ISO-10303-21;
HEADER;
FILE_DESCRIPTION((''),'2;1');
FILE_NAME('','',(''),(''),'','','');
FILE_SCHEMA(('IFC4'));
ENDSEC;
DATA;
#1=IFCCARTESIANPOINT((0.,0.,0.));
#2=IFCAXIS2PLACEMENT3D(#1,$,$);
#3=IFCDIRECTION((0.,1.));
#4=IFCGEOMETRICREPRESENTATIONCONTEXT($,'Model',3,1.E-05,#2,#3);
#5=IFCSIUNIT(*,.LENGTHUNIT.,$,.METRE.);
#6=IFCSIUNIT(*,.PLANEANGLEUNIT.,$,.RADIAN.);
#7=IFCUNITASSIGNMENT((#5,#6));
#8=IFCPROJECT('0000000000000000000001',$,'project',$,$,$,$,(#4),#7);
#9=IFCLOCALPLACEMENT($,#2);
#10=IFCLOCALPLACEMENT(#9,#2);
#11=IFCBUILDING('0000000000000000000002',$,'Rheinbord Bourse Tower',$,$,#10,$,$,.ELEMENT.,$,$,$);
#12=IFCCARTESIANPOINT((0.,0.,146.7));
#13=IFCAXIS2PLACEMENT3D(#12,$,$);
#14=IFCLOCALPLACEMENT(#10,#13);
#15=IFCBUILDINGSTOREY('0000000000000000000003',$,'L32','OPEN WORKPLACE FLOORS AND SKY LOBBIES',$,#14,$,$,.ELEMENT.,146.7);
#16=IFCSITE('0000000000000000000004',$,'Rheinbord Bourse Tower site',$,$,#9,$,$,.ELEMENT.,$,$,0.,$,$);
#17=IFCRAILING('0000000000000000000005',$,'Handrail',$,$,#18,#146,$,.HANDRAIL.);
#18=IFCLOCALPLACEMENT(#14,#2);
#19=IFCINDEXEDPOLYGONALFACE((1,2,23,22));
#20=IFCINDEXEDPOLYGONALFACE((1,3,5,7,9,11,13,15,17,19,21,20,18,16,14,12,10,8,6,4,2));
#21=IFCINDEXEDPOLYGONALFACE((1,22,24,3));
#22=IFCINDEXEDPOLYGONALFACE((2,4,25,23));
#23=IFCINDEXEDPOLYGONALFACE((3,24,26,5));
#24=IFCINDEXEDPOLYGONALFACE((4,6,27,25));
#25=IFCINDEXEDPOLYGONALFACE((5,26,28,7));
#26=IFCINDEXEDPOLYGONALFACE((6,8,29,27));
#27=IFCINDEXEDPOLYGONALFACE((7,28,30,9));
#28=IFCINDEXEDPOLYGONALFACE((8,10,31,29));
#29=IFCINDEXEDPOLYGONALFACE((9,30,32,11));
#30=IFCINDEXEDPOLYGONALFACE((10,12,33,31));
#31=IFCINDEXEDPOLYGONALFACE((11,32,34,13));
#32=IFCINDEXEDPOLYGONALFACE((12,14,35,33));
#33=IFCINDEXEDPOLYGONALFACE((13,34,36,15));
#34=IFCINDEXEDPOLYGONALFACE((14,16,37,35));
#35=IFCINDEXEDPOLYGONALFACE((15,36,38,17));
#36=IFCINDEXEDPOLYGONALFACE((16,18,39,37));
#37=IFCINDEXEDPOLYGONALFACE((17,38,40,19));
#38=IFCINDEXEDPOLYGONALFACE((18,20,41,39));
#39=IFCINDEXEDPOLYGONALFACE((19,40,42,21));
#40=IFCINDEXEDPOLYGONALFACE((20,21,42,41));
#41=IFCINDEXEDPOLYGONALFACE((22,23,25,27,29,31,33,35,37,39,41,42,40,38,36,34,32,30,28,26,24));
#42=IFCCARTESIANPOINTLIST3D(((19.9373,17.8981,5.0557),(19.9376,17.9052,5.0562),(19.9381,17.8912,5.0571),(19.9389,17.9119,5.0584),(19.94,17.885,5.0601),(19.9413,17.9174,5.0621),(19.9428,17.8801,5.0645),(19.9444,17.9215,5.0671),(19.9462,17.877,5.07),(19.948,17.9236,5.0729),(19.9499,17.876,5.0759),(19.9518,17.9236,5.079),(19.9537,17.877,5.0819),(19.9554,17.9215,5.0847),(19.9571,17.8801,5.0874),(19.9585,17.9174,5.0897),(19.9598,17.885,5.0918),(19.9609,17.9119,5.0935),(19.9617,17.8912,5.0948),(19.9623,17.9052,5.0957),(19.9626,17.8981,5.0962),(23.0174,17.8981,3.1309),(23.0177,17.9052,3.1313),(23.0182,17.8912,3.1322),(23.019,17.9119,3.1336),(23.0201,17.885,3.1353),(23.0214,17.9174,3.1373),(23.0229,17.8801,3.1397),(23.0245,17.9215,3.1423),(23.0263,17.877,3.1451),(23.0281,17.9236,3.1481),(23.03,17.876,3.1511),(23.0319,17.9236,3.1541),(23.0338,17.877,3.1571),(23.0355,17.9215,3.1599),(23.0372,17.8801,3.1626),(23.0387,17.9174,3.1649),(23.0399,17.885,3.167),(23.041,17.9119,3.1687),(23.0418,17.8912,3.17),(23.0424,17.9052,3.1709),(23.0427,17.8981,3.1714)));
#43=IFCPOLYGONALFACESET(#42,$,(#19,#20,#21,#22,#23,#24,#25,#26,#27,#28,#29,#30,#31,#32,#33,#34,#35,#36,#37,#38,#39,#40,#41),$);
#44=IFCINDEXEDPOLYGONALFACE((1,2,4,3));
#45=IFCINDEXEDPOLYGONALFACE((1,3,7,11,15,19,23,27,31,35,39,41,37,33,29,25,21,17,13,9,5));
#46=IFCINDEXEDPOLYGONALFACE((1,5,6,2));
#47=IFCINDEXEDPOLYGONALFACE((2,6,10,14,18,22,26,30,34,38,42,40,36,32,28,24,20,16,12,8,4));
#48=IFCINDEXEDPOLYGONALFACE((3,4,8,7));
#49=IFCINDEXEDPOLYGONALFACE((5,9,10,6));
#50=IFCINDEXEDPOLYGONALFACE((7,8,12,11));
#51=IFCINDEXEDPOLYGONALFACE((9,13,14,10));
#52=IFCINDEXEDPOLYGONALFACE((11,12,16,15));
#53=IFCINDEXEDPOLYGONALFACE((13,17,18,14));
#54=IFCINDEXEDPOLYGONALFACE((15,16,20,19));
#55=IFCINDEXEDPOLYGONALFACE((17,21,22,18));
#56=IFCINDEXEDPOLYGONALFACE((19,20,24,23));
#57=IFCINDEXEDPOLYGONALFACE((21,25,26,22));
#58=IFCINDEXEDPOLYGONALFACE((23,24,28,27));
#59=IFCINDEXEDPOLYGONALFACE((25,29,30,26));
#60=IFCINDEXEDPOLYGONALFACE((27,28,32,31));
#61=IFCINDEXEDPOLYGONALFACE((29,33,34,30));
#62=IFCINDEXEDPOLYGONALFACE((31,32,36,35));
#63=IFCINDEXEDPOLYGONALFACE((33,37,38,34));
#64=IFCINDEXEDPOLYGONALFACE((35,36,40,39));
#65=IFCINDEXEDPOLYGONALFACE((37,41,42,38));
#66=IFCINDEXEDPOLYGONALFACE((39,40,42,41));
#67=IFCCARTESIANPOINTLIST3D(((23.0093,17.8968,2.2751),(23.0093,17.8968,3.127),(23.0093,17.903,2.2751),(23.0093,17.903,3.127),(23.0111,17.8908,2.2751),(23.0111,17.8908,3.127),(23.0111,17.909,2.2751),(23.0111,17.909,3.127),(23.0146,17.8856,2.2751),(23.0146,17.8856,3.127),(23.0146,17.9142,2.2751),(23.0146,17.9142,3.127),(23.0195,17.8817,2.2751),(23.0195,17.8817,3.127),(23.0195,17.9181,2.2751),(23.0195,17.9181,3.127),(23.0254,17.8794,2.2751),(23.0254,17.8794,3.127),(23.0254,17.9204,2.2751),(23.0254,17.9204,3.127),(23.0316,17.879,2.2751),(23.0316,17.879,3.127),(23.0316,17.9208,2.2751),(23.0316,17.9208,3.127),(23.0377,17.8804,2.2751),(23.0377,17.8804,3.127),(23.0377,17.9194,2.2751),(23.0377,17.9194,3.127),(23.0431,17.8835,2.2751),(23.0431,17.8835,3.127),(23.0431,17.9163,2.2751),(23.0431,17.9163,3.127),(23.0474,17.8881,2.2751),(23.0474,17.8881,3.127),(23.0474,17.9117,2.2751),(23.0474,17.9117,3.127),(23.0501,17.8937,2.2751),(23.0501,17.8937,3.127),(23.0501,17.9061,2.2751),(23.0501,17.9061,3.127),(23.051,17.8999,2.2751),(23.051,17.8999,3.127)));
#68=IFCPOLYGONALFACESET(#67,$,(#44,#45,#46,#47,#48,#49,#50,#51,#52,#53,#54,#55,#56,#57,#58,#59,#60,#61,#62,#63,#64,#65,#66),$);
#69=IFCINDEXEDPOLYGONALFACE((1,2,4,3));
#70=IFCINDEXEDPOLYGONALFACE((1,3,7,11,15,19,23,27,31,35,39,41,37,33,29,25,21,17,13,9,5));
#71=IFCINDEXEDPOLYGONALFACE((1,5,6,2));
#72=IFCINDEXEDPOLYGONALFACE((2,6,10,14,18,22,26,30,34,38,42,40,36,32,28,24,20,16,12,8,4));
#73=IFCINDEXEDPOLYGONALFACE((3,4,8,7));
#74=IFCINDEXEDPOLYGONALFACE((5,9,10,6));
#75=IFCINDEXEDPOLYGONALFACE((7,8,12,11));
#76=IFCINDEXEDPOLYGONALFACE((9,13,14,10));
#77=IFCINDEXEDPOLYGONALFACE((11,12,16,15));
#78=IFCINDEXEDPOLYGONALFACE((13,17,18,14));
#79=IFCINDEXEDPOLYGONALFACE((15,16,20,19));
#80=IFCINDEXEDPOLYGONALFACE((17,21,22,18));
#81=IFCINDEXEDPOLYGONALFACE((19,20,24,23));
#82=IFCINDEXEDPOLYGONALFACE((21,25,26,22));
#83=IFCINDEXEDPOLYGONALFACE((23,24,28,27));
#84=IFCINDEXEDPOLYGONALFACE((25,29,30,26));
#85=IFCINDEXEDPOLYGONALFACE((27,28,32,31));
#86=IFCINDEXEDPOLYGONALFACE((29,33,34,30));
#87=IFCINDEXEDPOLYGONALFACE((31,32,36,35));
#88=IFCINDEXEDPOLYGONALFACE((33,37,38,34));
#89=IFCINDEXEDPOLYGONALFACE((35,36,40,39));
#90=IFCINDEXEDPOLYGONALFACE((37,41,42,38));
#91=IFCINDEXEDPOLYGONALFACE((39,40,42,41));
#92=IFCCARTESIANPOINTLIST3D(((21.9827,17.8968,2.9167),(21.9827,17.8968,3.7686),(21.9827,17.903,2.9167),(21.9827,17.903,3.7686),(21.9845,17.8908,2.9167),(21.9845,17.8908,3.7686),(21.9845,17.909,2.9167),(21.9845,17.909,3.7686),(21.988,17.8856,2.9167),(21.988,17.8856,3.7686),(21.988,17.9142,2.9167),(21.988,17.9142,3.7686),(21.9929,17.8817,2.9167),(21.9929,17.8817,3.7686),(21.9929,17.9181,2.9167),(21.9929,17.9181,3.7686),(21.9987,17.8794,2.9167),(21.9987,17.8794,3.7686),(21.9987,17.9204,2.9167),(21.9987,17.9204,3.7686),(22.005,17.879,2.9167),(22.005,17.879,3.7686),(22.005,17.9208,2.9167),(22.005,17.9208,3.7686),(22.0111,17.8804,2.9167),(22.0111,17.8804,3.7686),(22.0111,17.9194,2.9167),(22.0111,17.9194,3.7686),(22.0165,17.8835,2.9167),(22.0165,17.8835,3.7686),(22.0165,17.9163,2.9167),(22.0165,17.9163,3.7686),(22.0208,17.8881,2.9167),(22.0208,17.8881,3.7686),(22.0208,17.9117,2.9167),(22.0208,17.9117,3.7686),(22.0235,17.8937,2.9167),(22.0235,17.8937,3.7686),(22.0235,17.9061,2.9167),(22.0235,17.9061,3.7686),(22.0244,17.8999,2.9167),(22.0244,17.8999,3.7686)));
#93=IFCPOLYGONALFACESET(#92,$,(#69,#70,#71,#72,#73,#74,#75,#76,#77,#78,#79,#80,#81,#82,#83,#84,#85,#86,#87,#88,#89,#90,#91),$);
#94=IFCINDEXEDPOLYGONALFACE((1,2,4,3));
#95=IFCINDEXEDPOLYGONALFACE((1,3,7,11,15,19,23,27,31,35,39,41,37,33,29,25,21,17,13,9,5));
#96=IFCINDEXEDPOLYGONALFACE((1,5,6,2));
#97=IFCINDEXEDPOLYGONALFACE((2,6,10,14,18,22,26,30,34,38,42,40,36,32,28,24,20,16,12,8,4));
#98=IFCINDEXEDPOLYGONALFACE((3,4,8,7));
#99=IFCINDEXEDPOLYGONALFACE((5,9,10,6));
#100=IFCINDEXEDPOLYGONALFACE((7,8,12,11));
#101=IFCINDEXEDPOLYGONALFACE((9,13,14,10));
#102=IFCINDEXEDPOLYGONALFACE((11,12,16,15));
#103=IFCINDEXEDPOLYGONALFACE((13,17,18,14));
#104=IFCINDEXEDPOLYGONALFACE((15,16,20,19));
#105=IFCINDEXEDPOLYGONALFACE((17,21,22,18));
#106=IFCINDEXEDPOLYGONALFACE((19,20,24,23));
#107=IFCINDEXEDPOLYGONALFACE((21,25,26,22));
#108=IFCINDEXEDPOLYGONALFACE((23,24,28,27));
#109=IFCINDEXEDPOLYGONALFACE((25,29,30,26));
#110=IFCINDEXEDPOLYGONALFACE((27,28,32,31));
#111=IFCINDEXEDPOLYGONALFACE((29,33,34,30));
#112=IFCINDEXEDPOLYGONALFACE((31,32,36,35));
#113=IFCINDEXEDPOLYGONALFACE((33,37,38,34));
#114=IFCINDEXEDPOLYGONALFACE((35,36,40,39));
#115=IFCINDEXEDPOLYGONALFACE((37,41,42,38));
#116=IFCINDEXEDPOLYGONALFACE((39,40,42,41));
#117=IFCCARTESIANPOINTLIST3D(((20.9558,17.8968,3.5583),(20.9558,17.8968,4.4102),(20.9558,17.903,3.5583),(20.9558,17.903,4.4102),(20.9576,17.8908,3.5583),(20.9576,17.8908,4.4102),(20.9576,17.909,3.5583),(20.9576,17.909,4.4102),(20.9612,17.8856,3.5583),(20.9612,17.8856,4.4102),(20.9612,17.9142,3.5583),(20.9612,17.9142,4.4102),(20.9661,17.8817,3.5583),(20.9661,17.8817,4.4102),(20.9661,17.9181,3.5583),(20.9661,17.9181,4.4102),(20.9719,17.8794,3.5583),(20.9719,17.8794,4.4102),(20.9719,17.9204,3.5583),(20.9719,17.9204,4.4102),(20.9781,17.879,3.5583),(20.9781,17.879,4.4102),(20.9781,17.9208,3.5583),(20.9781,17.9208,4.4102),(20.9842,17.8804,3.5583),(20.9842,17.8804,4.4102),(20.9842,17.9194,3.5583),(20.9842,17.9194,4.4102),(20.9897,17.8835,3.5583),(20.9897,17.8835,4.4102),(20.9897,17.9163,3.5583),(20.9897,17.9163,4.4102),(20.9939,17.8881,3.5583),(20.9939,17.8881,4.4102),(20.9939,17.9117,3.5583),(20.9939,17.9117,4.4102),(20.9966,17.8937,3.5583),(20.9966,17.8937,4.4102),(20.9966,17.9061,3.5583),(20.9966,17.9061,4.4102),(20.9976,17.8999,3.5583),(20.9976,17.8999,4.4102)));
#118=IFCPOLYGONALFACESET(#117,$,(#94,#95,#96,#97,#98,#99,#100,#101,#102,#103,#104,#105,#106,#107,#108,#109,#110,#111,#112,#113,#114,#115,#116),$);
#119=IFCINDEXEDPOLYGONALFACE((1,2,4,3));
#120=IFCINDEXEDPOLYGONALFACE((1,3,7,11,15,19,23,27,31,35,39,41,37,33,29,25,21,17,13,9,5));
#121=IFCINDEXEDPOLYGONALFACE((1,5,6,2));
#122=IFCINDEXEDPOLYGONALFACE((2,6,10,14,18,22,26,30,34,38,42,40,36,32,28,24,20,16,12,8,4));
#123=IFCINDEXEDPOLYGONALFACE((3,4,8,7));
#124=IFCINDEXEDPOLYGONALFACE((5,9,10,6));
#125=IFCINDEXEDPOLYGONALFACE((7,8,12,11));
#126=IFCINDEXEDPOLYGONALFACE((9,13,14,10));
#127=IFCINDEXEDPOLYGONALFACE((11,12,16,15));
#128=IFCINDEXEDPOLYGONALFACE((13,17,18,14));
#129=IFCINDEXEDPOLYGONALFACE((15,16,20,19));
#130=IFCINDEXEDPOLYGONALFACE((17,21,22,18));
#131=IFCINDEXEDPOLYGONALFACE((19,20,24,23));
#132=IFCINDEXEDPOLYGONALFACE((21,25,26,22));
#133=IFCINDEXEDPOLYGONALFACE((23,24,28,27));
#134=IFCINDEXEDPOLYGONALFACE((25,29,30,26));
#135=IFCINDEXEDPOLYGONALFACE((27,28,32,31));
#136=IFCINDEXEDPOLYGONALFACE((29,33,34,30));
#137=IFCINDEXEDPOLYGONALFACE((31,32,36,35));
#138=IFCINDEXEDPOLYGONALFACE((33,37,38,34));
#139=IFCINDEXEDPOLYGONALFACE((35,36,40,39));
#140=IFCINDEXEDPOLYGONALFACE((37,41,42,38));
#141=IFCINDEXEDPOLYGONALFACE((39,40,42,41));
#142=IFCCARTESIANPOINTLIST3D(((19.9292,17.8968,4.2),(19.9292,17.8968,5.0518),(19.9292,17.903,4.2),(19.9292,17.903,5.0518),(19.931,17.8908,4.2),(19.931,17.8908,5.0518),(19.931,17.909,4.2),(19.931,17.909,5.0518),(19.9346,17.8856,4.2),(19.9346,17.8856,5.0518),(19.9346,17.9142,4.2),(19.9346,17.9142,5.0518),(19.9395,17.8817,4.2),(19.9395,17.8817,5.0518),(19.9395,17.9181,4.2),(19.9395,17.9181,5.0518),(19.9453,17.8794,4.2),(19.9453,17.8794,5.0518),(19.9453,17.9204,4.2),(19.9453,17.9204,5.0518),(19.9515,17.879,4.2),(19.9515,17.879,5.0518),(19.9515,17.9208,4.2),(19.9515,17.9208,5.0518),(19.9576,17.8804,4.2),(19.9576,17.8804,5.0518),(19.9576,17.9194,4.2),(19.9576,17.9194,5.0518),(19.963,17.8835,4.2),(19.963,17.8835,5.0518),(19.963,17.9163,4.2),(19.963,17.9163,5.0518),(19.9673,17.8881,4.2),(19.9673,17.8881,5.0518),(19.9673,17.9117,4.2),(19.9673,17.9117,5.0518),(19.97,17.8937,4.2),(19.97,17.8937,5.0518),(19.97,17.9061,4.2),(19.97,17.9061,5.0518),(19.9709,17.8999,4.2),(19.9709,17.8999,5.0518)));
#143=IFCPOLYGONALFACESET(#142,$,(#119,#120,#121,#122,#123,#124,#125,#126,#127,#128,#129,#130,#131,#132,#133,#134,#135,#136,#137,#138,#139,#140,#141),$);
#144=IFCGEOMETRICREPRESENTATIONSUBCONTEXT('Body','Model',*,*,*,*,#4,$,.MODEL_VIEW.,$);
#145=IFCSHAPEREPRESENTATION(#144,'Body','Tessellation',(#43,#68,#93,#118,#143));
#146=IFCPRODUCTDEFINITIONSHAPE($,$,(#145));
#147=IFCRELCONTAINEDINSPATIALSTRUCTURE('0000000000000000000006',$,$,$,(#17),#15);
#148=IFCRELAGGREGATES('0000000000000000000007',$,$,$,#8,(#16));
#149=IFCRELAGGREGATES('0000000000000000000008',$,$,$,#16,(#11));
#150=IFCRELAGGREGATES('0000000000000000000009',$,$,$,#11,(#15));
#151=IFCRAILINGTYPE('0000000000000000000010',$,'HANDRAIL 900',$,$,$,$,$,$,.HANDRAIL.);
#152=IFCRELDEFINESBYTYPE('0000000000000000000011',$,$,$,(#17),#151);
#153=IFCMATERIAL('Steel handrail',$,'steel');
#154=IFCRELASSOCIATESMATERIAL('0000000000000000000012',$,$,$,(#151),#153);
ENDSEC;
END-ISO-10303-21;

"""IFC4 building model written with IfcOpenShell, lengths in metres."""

from ifc_helpers import new_model, si_unit, direction, frame, origin, origin_2d, place, context, subcontext, project, spatial, circle, extrude, material, type_object, element, save


model = new_model("IFC4")

# Units and contexts
model_context = context("Model", 3, precision=1e-05, world=origin(), true_north=direction((0.0, 1.0)))
body_context = subcontext(model_context, "Body", "Model", "MODEL_VIEW")
ifc_project = project(units=[si_unit("LENGTHUNIT", "METRE"), si_unit("PLANEANGLEUNIT", "RADIAN")], contexts=[model_context])

# Site, building, storey
site_placement = place(None, origin())
site = spatial("IfcSite", under=ifc_project, at=site_placement, Name="Rheinbord Bourse Tower site", CompositionType="ELEMENT", RefElevation=0.0)
building_placement = place(site_placement, origin())
building = spatial("IfcBuilding", under=site, at=building_placement, Name="Rheinbord Bourse Tower", CompositionType="ELEMENT")
storey_placement = place(building_placement, frame((0.0, 0.0, 146.7)))
storey = spatial("IfcBuildingStorey", under=building, at=storey_placement, Name="L32", Description="OPEN WORKPLACE FLOORS AND SKY LOBBIES", CompositionType="ELEMENT", Elevation=146.7)

# Railing
ifc_material_1 = material(Name="Steel handrail", Category="steel")
railing_type = type_object("IfcRailingType", Name="HANDRAIL 900", PredefinedType="HANDRAIL", material=ifc_material_1)
railing_1_placement = place(storey_placement, frame((23.03, 17.8999, 2.2751)))
element("IfcRailing", 1, at=railing_1_placement, inside=storey, type_object=railing_type, Name="Handrail", PredefinedType="HANDRAIL", context=body_context, shape_type="SweptSolid", body=[
    extrude(circle(Radius=0.0239, at=origin_2d()), frame((0.0, 0.0, 0.876), z_axis=(-0.848029, 0.0, 0.529951), x_axis=(0.0, -1.0, 0.0)), (0.0, 0.0, 1.0), 3.6321),
    extrude(circle(Radius=0.021, at=origin_2d()), origin(), (0.0, 0.0, 1.0), 0.8518),
    extrude(circle(Radius=0.021, at=origin_2d()), frame((-1.0266, 0.0, 0.6416)), (0.0, 0.0, 1.0), 0.8518),
    extrude(circle(Radius=0.021, at=origin_2d()), frame((-2.0535, 0.0, 1.2832)), (0.0, 0.0, 1.0), 0.8518),
    extrude(circle(Radius=0.021, at=origin_2d()), frame((-3.0801, 0.0, 1.9248)), (0.0, 0.0, 1.0), 0.8518),
])

save(model, "model.ifc")
